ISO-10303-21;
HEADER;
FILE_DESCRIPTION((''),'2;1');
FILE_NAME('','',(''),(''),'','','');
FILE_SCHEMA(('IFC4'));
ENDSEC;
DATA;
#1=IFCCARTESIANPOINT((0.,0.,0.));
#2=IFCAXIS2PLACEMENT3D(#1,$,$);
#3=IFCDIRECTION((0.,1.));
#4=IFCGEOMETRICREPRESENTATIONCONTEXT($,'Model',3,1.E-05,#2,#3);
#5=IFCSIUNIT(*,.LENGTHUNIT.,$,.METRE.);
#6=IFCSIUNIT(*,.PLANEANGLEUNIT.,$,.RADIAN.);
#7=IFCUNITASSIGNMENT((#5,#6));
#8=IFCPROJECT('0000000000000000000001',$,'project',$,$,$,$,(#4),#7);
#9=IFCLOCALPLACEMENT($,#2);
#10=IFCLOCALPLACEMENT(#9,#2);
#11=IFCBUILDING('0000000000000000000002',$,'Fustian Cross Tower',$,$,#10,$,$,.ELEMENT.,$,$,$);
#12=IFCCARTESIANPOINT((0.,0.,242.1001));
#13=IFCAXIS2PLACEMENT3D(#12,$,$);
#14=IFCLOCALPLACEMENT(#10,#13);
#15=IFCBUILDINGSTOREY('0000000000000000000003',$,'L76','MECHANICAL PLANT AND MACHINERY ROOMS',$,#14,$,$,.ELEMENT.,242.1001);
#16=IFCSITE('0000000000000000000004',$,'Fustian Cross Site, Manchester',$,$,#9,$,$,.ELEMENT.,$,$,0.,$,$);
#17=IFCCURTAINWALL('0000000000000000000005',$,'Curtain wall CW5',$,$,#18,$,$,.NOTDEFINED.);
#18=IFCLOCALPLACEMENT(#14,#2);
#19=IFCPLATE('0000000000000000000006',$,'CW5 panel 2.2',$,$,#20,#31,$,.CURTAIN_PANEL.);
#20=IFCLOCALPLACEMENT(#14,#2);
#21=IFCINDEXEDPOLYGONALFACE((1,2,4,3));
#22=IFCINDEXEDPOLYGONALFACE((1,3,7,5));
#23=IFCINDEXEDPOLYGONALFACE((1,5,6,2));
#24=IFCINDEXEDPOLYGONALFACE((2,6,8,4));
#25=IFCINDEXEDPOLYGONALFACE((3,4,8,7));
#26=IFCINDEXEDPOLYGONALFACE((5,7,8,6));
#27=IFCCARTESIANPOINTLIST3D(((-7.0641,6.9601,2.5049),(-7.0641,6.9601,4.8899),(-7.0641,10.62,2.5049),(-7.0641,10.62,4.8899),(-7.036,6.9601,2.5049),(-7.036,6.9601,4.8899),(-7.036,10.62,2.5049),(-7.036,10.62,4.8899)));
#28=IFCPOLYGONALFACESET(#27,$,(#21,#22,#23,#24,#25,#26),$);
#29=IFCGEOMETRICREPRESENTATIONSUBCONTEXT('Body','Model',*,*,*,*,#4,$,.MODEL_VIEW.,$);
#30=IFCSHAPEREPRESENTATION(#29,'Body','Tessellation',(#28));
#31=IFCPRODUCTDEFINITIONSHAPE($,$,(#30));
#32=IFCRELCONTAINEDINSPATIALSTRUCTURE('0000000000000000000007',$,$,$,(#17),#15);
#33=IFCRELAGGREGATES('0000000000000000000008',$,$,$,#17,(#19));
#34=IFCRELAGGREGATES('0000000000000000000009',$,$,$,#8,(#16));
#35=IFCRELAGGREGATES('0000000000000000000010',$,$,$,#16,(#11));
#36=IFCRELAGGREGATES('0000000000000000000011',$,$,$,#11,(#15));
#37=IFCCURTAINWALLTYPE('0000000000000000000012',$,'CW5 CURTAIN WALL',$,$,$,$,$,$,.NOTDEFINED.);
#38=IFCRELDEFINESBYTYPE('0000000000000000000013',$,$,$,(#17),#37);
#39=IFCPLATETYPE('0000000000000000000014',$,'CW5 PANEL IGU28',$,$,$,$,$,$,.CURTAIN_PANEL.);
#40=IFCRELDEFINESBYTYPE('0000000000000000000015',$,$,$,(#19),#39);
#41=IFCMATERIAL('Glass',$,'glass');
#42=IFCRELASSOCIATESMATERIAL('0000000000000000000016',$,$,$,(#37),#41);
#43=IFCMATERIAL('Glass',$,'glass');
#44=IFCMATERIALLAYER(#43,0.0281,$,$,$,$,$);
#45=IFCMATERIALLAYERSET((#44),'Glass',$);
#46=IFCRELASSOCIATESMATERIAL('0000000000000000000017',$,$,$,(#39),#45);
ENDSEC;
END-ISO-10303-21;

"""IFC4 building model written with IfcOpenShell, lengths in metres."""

from ifc_helpers import new_model, si_unit, direction, frame, origin, origin_2d, place, context, subcontext, project, spatial, rectangle, extrude, material, layer, layer_set, type_object, element, aggregate, save


model = new_model("IFC4")

# Units and contexts
model_context = context("Model", 3, precision=1e-05, world=origin(), true_north=direction((0.0, 1.0)))
body_context = subcontext(model_context, "Body", "Model", "MODEL_VIEW")
ifc_project = project(units=[si_unit("LENGTHUNIT", "METRE"), si_unit("PLANEANGLEUNIT", "RADIAN")], contexts=[model_context])

# Site, building, storey
site_placement = place(None, origin())
site = spatial("IfcSite", under=ifc_project, at=site_placement, Name="Fustian Cross Site, Manchester", CompositionType="ELEMENT", RefElevation=0.0)
building_placement = place(site_placement, origin())
building = spatial("IfcBuilding", under=site, at=building_placement, Name="Fustian Cross Tower", CompositionType="ELEMENT")
storey_placement = place(building_placement, frame((0.0, 0.0, 242.1001)))
storey = spatial("IfcBuildingStorey", under=building, at=storey_placement, Name="L76", Description="MECHANICAL PLANT AND MACHINERY ROOMS", CompositionType="ELEMENT", Elevation=242.1001)

# Curtain wall
ifc_material_1 = material(Name="Glass", Category="glass")
curtain_wall_type = type_object("IfcCurtainWallType", Name="CW5 CURTAIN WALL", PredefinedType="NOTDEFINED", material=ifc_material_1)
curtain_wall_1_placement = place(storey_placement, origin())
curtain_wall_1 = element("IfcCurtainWall", 1, at=curtain_wall_1_placement, inside=storey, type_object=curtain_wall_type, Name="Curtain wall CW5", PredefinedType="NOTDEFINED")

# Plate
ifc_material_2 = material(Name="Glass", Category="glass")
ifc_layer = layer(ifc_material_2, 0.0281)
ifc_layer_set = layer_set([ifc_layer], Name="Glass")
plate_type = type_object("IfcPlateType", Name="CW5 PANEL IGU28", PredefinedType="CURTAIN_PANEL", material=ifc_layer_set)
plate_1_placement = place(storey_placement, frame((-7.05, 8.79, 2.5049), z_axis=(0.0, 0.0, 1.0), x_axis=(0.0, -1.0, 0.0)))
plate_1 = element("IfcPlate", 2, at=plate_1_placement, type_object=plate_type, Name="CW5 panel 2.2", PredefinedType="CURTAIN_PANEL", context=body_context, shape_type="SweptSolid", body=[
    extrude(rectangle(XDim=3.6599, YDim=0.0281, at=origin_2d()), origin(), (0.0, 0.0, 1.0), 2.385),
])
aggregate(curtain_wall_1, [plate_1])

save(model, "model.ifc")
